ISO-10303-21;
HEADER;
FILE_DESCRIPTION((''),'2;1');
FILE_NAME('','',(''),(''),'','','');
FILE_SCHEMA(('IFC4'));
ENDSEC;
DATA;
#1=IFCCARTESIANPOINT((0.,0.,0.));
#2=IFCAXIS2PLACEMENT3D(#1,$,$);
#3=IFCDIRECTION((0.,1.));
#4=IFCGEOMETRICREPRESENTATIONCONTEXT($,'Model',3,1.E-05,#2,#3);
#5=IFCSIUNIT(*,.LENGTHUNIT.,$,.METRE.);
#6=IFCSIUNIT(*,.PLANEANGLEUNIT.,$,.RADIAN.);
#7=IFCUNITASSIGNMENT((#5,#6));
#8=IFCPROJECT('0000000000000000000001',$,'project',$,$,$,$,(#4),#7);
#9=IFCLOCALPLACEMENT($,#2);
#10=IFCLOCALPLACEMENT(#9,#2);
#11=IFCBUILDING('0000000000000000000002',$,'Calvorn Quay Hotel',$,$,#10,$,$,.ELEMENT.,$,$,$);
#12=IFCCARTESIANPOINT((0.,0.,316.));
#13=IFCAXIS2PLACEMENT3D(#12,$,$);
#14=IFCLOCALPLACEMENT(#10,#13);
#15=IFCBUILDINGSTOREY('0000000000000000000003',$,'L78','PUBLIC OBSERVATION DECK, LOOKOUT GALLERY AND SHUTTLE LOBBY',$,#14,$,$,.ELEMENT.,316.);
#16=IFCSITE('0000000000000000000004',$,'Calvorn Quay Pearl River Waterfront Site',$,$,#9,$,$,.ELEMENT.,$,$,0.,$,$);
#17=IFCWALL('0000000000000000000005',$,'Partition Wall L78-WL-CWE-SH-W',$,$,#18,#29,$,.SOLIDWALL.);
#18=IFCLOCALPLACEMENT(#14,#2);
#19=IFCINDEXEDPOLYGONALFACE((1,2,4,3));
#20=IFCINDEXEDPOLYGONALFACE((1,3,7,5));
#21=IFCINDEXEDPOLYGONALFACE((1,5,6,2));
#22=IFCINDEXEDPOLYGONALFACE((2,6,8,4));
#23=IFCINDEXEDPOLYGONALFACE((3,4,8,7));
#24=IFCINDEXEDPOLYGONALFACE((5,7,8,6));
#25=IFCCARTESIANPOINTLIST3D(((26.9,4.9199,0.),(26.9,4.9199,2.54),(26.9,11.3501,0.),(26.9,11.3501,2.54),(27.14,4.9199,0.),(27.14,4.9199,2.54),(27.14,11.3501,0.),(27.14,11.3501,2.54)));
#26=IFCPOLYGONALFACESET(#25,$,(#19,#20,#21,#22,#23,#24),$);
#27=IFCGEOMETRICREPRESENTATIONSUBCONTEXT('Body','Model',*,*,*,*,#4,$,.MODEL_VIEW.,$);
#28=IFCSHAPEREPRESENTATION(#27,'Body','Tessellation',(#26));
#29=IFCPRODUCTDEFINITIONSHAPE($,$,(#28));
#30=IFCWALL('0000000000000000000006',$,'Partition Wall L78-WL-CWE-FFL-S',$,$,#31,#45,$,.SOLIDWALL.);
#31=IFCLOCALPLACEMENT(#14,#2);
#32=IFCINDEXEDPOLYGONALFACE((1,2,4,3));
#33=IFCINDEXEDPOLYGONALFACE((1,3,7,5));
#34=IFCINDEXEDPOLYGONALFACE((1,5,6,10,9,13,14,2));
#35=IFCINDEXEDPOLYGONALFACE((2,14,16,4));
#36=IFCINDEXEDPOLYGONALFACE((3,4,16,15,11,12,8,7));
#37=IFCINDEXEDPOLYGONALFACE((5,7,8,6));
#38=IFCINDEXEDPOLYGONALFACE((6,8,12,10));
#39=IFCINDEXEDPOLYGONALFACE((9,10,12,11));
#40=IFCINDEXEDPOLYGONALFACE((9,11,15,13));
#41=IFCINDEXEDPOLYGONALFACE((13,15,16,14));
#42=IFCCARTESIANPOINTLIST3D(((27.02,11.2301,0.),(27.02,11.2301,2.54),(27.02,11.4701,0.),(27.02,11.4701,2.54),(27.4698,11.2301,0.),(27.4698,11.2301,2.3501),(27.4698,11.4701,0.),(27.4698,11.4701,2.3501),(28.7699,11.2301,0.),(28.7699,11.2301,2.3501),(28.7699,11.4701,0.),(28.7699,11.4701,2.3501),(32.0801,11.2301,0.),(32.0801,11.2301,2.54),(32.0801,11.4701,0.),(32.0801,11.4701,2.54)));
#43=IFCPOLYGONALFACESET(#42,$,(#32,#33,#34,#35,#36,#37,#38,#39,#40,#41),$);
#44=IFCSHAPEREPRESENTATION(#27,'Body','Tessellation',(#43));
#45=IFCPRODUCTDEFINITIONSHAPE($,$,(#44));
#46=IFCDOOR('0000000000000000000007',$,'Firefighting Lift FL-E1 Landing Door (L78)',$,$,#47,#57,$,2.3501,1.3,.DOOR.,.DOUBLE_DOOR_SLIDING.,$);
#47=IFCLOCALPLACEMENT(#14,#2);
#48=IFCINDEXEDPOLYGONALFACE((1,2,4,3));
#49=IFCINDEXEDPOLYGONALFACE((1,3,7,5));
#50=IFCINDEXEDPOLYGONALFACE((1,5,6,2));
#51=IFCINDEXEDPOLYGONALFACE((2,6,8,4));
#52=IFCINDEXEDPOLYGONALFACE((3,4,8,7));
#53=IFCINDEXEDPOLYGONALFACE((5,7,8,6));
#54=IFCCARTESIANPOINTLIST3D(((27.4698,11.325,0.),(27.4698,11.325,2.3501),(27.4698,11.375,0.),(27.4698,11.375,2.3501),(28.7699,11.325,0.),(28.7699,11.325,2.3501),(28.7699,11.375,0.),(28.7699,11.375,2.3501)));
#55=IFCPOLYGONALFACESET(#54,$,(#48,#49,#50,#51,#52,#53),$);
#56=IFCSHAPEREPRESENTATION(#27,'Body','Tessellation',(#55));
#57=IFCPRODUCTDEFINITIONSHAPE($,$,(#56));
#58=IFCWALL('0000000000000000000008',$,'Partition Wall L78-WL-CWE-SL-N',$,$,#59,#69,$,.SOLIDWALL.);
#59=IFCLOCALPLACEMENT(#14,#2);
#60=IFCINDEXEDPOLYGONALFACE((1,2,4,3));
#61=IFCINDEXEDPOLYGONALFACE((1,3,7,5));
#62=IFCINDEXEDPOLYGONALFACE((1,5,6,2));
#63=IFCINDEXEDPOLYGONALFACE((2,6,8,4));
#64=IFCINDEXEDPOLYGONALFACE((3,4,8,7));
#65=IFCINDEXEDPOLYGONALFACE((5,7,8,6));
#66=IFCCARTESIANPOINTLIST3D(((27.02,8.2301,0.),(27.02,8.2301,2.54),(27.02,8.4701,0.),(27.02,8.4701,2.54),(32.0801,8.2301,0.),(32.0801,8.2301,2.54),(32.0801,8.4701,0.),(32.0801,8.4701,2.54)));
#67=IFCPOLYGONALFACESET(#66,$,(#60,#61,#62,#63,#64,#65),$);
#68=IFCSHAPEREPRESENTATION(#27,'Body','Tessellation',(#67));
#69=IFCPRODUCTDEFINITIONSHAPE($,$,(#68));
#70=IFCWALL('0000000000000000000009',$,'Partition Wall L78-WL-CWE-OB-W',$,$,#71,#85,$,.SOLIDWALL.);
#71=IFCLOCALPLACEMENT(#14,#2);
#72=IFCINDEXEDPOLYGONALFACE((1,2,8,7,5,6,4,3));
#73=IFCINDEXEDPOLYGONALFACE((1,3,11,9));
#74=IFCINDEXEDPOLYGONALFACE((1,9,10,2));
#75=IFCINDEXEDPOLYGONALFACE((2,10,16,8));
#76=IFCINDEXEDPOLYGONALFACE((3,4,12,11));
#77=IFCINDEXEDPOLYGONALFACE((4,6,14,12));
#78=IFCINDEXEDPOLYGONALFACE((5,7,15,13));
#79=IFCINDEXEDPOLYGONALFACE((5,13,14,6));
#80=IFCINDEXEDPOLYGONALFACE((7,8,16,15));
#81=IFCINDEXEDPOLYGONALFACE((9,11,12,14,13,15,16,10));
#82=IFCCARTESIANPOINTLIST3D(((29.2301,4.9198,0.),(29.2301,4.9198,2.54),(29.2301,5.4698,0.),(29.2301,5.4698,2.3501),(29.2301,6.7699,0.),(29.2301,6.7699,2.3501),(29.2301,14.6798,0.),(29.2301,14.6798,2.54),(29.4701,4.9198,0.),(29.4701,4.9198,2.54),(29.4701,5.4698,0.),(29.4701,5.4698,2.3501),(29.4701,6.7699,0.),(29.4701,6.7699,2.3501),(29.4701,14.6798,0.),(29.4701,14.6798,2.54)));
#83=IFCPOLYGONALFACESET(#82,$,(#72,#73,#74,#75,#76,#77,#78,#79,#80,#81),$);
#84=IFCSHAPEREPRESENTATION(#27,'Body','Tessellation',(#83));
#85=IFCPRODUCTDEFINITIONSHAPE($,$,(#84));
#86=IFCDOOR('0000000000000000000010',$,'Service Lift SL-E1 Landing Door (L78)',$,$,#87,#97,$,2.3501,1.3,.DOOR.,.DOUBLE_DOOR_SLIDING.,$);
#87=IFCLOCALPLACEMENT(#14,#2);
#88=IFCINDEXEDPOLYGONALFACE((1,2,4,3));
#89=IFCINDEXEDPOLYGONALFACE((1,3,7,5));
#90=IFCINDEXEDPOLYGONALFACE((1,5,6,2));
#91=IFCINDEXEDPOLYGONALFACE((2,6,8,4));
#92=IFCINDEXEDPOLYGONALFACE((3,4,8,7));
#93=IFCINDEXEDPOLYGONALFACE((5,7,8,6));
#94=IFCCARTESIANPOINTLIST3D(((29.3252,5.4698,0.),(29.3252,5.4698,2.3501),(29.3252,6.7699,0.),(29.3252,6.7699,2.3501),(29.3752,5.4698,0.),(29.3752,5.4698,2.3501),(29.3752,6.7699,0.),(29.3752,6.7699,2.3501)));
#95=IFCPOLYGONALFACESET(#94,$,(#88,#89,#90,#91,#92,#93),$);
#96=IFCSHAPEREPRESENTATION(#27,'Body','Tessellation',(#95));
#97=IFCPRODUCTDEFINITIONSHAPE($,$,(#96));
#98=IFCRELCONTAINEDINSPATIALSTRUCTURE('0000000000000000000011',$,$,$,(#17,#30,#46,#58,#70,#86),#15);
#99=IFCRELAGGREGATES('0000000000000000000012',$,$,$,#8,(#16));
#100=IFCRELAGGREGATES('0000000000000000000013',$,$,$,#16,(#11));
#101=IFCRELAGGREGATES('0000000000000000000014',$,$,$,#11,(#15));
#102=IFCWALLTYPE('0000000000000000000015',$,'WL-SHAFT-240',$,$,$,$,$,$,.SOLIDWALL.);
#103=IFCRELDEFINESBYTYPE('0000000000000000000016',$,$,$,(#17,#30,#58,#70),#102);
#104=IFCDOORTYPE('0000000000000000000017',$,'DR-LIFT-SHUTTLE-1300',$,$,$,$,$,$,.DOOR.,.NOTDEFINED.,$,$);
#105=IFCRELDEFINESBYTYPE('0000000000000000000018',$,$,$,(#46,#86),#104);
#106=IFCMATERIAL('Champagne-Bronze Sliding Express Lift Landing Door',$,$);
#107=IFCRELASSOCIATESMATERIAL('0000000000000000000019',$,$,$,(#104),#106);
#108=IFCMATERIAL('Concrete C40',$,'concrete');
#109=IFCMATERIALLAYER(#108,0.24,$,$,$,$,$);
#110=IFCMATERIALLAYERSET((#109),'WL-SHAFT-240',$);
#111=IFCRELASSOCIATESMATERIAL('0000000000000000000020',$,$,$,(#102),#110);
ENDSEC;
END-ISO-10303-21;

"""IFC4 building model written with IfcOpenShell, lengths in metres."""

from ifc_helpers import new_model, si_unit, direction, frame, frame_2d, origin, place, context, subcontext, project, spatial, rectangle, extrude, material, layer, layer_set, type_object, element, fill, save


model = new_model("IFC4")

# Units and contexts
model_context = context("Model", 3, precision=1e-05, world=origin(), true_north=direction((0.0, 1.0)))
body_context = subcontext(model_context, "Body", "Model", "MODEL_VIEW")
ifc_project = project(units=[si_unit("LENGTHUNIT", "METRE"), si_unit("PLANEANGLEUNIT", "RADIAN")], contexts=[model_context])

# Site, building, storey
site_placement = place(None, origin())
site = spatial("IfcSite", under=ifc_project, at=site_placement, Name="Calvorn Quay Pearl River Waterfront Site", CompositionType="ELEMENT", RefElevation=0.0)
building_placement = place(site_placement, origin())
building = spatial("IfcBuilding", under=site, at=building_placement, Name="Calvorn Quay Hotel", CompositionType="ELEMENT")
storey_placement = place(building_placement, frame((0.0, 0.0, 316.0)))
storey = spatial("IfcBuildingStorey", under=building, at=storey_placement, Name="L78", Description="PUBLIC OBSERVATION DECK, LOOKOUT GALLERY AND SHUTTLE LOBBY", CompositionType="ELEMENT", Elevation=316.0)

# Shared definitions
ifc_material_1 = material(Name="Champagne-Bronze Sliding Express Lift Landing Door")
door_type_1 = type_object("IfcDoorType", Name="DR-LIFT-SHUTTLE-1300", OperationType="NOTDEFINED", PredefinedType="DOOR", material=ifc_material_1)

# Shared definitions
ifc_material_2 = material(Name="Concrete C40", Category="concrete")
ifc_layer_1 = layer(ifc_material_2, 0.24)
ifc_layer_set_1 = layer_set([ifc_layer_1], Name="WL-SHAFT-240")
wall_type_1 = type_object("IfcWallType", Name="WL-SHAFT-240", PredefinedType="SOLIDWALL", material=ifc_layer_set_1)

# Wall
wall_1_placement = place(storey_placement, frame((27.02, 4.9199, 0.0), z_axis=(0.0, 0.0, 1.0), x_axis=(0.0, 1.0, 0.0)))
element("IfcWall", 1, at=wall_1_placement, inside=storey, type_object=wall_type_1, Name="Partition Wall L78-WL-CWE-SH-W", PredefinedType="SOLIDWALL", context=body_context, shape_type="SweptSolid", body=[
    extrude(rectangle(XDim=6.4302, YDim=0.24, at=frame_2d((3.2151, 0.0))), origin(), (0.0, 0.0, 1.0), 2.54),
])

# Wall, opening, door
wall_2_placement = place(storey_placement, frame((27.02, 11.3501, 0.0), z_axis=(0.0, 0.0, 1.0), x_axis=(1.0, 0.0, 0.0)))
wall_2 = element("IfcWall", 2, at=wall_2_placement, inside=storey, type_object=wall_type_1, Name="Partition Wall L78-WL-CWE-FFL-S", PredefinedType="SOLIDWALL", context=body_context, shape_type="SweptSolid", body=[
    extrude(rectangle(XDim=5.0601, YDim=0.24, at=frame_2d((2.53, 0.0))), origin(), (0.0, 0.0, 1.0), 2.54),
])
opening_1_placement = place(wall_2_placement, frame((0.45, 0.0, 0.0)))
opening_1 = element("IfcOpeningElement", 3, at=opening_1_placement, cuts=wall_2, PredefinedType="OPENING", context=body_context, shape_type="SweptSolid", body=[
    extrude(rectangle(XDim=1.3, YDim=2.3501, at=frame_2d((0.6499, 1.175))), frame((0.0, 0.1299, 0.0), z_axis=(0.0, -1.0, 0.0), x_axis=(1.0, 0.0, 0.0)), (0.0, 0.0, 1.0), 0.26),
])
door_1_placement = place(opening_1_placement, origin())
door_1 = element("IfcDoor", 4, at=door_1_placement, inside=storey, type_object=door_type_1, Name="Firefighting Lift FL-E1 Landing Door (L78)", OperationType="DOUBLE_DOOR_SLIDING", OverallHeight=2.3501, OverallWidth=1.3, PredefinedType="DOOR", context=body_context, shape_type="SweptSolid", body=[
    extrude(rectangle(XDim=1.3, YDim=2.3501, at=frame_2d((0.6499, 1.175))), frame((0.0, 0.0249, 0.0), z_axis=(0.0, -1.0, 0.0), x_axis=(1.0, 0.0, 0.0)), (0.0, 0.0, 1.0), 0.05),
])
fill(opening_1, door_1)

# Wall
wall_3_placement = place(storey_placement, frame((27.02, 8.3501, 0.0), z_axis=(0.0, 0.0, 1.0), x_axis=(1.0, 0.0, 0.0)))
element("IfcWall", 5, at=wall_3_placement, inside=storey, type_object=wall_type_1, Name="Partition Wall L78-WL-CWE-SL-N", PredefinedType="SOLIDWALL", context=body_context, shape_type="SweptSolid", body=[
    extrude(rectangle(XDim=5.0601, YDim=0.24, at=frame_2d((2.53, 0.0))), origin(), (0.0, 0.0, 1.0), 2.54),
])

# Wall, opening, door
wall_4_placement = place(storey_placement, frame((29.3501, 4.9199, 0.0), z_axis=(0.0, 0.0, 1.0), x_axis=(0.0, 1.0, 0.0)))
wall_4 = element("IfcWall", 6, at=wall_4_placement, inside=storey, type_object=wall_type_1, Name="Partition Wall L78-WL-CWE-OB-W", PredefinedType="SOLIDWALL", context=body_context, shape_type="SweptSolid", body=[
    extrude(rectangle(XDim=9.76, YDim=0.24, at=frame_2d((4.8799, 0.0))), origin(), (0.0, 0.0, 1.0), 2.54),
])
opening_2_placement = place(wall_4_placement, frame((0.55, 0.0, 0.0)))
opening_2 = element("IfcOpeningElement", 7, at=opening_2_placement, cuts=wall_4, PredefinedType="OPENING", context=body_context, shape_type="SweptSolid", body=[
    extrude(rectangle(XDim=1.3, YDim=2.3501, at=frame_2d((0.6499, 1.175))), frame((0.0, 0.1299, 0.0), z_axis=(0.0, -1.0, 0.0), x_axis=(1.0, 0.0, 0.0)), (0.0, 0.0, 1.0), 0.26),
])
door_2_placement = place(opening_2_placement, origin())
door_2 = element("IfcDoor", 8, at=door_2_placement, inside=storey, type_object=door_type_1, Name="Service Lift SL-E1 Landing Door (L78)", OperationType="DOUBLE_DOOR_SLIDING", OverallHeight=2.3501, OverallWidth=1.3, PredefinedType="DOOR", context=body_context, shape_type="SweptSolid", body=[
    extrude(rectangle(XDim=1.3, YDim=2.3501, at=frame_2d((0.6499, 1.175))), frame((0.0, 0.0249, 0.0), z_axis=(0.0, -1.0, 0.0), x_axis=(1.0, 0.0, 0.0)), (0.0, 0.0, 1.0), 0.05),
])
fill(opening_2, door_2)

save(model, "model.ifc")
